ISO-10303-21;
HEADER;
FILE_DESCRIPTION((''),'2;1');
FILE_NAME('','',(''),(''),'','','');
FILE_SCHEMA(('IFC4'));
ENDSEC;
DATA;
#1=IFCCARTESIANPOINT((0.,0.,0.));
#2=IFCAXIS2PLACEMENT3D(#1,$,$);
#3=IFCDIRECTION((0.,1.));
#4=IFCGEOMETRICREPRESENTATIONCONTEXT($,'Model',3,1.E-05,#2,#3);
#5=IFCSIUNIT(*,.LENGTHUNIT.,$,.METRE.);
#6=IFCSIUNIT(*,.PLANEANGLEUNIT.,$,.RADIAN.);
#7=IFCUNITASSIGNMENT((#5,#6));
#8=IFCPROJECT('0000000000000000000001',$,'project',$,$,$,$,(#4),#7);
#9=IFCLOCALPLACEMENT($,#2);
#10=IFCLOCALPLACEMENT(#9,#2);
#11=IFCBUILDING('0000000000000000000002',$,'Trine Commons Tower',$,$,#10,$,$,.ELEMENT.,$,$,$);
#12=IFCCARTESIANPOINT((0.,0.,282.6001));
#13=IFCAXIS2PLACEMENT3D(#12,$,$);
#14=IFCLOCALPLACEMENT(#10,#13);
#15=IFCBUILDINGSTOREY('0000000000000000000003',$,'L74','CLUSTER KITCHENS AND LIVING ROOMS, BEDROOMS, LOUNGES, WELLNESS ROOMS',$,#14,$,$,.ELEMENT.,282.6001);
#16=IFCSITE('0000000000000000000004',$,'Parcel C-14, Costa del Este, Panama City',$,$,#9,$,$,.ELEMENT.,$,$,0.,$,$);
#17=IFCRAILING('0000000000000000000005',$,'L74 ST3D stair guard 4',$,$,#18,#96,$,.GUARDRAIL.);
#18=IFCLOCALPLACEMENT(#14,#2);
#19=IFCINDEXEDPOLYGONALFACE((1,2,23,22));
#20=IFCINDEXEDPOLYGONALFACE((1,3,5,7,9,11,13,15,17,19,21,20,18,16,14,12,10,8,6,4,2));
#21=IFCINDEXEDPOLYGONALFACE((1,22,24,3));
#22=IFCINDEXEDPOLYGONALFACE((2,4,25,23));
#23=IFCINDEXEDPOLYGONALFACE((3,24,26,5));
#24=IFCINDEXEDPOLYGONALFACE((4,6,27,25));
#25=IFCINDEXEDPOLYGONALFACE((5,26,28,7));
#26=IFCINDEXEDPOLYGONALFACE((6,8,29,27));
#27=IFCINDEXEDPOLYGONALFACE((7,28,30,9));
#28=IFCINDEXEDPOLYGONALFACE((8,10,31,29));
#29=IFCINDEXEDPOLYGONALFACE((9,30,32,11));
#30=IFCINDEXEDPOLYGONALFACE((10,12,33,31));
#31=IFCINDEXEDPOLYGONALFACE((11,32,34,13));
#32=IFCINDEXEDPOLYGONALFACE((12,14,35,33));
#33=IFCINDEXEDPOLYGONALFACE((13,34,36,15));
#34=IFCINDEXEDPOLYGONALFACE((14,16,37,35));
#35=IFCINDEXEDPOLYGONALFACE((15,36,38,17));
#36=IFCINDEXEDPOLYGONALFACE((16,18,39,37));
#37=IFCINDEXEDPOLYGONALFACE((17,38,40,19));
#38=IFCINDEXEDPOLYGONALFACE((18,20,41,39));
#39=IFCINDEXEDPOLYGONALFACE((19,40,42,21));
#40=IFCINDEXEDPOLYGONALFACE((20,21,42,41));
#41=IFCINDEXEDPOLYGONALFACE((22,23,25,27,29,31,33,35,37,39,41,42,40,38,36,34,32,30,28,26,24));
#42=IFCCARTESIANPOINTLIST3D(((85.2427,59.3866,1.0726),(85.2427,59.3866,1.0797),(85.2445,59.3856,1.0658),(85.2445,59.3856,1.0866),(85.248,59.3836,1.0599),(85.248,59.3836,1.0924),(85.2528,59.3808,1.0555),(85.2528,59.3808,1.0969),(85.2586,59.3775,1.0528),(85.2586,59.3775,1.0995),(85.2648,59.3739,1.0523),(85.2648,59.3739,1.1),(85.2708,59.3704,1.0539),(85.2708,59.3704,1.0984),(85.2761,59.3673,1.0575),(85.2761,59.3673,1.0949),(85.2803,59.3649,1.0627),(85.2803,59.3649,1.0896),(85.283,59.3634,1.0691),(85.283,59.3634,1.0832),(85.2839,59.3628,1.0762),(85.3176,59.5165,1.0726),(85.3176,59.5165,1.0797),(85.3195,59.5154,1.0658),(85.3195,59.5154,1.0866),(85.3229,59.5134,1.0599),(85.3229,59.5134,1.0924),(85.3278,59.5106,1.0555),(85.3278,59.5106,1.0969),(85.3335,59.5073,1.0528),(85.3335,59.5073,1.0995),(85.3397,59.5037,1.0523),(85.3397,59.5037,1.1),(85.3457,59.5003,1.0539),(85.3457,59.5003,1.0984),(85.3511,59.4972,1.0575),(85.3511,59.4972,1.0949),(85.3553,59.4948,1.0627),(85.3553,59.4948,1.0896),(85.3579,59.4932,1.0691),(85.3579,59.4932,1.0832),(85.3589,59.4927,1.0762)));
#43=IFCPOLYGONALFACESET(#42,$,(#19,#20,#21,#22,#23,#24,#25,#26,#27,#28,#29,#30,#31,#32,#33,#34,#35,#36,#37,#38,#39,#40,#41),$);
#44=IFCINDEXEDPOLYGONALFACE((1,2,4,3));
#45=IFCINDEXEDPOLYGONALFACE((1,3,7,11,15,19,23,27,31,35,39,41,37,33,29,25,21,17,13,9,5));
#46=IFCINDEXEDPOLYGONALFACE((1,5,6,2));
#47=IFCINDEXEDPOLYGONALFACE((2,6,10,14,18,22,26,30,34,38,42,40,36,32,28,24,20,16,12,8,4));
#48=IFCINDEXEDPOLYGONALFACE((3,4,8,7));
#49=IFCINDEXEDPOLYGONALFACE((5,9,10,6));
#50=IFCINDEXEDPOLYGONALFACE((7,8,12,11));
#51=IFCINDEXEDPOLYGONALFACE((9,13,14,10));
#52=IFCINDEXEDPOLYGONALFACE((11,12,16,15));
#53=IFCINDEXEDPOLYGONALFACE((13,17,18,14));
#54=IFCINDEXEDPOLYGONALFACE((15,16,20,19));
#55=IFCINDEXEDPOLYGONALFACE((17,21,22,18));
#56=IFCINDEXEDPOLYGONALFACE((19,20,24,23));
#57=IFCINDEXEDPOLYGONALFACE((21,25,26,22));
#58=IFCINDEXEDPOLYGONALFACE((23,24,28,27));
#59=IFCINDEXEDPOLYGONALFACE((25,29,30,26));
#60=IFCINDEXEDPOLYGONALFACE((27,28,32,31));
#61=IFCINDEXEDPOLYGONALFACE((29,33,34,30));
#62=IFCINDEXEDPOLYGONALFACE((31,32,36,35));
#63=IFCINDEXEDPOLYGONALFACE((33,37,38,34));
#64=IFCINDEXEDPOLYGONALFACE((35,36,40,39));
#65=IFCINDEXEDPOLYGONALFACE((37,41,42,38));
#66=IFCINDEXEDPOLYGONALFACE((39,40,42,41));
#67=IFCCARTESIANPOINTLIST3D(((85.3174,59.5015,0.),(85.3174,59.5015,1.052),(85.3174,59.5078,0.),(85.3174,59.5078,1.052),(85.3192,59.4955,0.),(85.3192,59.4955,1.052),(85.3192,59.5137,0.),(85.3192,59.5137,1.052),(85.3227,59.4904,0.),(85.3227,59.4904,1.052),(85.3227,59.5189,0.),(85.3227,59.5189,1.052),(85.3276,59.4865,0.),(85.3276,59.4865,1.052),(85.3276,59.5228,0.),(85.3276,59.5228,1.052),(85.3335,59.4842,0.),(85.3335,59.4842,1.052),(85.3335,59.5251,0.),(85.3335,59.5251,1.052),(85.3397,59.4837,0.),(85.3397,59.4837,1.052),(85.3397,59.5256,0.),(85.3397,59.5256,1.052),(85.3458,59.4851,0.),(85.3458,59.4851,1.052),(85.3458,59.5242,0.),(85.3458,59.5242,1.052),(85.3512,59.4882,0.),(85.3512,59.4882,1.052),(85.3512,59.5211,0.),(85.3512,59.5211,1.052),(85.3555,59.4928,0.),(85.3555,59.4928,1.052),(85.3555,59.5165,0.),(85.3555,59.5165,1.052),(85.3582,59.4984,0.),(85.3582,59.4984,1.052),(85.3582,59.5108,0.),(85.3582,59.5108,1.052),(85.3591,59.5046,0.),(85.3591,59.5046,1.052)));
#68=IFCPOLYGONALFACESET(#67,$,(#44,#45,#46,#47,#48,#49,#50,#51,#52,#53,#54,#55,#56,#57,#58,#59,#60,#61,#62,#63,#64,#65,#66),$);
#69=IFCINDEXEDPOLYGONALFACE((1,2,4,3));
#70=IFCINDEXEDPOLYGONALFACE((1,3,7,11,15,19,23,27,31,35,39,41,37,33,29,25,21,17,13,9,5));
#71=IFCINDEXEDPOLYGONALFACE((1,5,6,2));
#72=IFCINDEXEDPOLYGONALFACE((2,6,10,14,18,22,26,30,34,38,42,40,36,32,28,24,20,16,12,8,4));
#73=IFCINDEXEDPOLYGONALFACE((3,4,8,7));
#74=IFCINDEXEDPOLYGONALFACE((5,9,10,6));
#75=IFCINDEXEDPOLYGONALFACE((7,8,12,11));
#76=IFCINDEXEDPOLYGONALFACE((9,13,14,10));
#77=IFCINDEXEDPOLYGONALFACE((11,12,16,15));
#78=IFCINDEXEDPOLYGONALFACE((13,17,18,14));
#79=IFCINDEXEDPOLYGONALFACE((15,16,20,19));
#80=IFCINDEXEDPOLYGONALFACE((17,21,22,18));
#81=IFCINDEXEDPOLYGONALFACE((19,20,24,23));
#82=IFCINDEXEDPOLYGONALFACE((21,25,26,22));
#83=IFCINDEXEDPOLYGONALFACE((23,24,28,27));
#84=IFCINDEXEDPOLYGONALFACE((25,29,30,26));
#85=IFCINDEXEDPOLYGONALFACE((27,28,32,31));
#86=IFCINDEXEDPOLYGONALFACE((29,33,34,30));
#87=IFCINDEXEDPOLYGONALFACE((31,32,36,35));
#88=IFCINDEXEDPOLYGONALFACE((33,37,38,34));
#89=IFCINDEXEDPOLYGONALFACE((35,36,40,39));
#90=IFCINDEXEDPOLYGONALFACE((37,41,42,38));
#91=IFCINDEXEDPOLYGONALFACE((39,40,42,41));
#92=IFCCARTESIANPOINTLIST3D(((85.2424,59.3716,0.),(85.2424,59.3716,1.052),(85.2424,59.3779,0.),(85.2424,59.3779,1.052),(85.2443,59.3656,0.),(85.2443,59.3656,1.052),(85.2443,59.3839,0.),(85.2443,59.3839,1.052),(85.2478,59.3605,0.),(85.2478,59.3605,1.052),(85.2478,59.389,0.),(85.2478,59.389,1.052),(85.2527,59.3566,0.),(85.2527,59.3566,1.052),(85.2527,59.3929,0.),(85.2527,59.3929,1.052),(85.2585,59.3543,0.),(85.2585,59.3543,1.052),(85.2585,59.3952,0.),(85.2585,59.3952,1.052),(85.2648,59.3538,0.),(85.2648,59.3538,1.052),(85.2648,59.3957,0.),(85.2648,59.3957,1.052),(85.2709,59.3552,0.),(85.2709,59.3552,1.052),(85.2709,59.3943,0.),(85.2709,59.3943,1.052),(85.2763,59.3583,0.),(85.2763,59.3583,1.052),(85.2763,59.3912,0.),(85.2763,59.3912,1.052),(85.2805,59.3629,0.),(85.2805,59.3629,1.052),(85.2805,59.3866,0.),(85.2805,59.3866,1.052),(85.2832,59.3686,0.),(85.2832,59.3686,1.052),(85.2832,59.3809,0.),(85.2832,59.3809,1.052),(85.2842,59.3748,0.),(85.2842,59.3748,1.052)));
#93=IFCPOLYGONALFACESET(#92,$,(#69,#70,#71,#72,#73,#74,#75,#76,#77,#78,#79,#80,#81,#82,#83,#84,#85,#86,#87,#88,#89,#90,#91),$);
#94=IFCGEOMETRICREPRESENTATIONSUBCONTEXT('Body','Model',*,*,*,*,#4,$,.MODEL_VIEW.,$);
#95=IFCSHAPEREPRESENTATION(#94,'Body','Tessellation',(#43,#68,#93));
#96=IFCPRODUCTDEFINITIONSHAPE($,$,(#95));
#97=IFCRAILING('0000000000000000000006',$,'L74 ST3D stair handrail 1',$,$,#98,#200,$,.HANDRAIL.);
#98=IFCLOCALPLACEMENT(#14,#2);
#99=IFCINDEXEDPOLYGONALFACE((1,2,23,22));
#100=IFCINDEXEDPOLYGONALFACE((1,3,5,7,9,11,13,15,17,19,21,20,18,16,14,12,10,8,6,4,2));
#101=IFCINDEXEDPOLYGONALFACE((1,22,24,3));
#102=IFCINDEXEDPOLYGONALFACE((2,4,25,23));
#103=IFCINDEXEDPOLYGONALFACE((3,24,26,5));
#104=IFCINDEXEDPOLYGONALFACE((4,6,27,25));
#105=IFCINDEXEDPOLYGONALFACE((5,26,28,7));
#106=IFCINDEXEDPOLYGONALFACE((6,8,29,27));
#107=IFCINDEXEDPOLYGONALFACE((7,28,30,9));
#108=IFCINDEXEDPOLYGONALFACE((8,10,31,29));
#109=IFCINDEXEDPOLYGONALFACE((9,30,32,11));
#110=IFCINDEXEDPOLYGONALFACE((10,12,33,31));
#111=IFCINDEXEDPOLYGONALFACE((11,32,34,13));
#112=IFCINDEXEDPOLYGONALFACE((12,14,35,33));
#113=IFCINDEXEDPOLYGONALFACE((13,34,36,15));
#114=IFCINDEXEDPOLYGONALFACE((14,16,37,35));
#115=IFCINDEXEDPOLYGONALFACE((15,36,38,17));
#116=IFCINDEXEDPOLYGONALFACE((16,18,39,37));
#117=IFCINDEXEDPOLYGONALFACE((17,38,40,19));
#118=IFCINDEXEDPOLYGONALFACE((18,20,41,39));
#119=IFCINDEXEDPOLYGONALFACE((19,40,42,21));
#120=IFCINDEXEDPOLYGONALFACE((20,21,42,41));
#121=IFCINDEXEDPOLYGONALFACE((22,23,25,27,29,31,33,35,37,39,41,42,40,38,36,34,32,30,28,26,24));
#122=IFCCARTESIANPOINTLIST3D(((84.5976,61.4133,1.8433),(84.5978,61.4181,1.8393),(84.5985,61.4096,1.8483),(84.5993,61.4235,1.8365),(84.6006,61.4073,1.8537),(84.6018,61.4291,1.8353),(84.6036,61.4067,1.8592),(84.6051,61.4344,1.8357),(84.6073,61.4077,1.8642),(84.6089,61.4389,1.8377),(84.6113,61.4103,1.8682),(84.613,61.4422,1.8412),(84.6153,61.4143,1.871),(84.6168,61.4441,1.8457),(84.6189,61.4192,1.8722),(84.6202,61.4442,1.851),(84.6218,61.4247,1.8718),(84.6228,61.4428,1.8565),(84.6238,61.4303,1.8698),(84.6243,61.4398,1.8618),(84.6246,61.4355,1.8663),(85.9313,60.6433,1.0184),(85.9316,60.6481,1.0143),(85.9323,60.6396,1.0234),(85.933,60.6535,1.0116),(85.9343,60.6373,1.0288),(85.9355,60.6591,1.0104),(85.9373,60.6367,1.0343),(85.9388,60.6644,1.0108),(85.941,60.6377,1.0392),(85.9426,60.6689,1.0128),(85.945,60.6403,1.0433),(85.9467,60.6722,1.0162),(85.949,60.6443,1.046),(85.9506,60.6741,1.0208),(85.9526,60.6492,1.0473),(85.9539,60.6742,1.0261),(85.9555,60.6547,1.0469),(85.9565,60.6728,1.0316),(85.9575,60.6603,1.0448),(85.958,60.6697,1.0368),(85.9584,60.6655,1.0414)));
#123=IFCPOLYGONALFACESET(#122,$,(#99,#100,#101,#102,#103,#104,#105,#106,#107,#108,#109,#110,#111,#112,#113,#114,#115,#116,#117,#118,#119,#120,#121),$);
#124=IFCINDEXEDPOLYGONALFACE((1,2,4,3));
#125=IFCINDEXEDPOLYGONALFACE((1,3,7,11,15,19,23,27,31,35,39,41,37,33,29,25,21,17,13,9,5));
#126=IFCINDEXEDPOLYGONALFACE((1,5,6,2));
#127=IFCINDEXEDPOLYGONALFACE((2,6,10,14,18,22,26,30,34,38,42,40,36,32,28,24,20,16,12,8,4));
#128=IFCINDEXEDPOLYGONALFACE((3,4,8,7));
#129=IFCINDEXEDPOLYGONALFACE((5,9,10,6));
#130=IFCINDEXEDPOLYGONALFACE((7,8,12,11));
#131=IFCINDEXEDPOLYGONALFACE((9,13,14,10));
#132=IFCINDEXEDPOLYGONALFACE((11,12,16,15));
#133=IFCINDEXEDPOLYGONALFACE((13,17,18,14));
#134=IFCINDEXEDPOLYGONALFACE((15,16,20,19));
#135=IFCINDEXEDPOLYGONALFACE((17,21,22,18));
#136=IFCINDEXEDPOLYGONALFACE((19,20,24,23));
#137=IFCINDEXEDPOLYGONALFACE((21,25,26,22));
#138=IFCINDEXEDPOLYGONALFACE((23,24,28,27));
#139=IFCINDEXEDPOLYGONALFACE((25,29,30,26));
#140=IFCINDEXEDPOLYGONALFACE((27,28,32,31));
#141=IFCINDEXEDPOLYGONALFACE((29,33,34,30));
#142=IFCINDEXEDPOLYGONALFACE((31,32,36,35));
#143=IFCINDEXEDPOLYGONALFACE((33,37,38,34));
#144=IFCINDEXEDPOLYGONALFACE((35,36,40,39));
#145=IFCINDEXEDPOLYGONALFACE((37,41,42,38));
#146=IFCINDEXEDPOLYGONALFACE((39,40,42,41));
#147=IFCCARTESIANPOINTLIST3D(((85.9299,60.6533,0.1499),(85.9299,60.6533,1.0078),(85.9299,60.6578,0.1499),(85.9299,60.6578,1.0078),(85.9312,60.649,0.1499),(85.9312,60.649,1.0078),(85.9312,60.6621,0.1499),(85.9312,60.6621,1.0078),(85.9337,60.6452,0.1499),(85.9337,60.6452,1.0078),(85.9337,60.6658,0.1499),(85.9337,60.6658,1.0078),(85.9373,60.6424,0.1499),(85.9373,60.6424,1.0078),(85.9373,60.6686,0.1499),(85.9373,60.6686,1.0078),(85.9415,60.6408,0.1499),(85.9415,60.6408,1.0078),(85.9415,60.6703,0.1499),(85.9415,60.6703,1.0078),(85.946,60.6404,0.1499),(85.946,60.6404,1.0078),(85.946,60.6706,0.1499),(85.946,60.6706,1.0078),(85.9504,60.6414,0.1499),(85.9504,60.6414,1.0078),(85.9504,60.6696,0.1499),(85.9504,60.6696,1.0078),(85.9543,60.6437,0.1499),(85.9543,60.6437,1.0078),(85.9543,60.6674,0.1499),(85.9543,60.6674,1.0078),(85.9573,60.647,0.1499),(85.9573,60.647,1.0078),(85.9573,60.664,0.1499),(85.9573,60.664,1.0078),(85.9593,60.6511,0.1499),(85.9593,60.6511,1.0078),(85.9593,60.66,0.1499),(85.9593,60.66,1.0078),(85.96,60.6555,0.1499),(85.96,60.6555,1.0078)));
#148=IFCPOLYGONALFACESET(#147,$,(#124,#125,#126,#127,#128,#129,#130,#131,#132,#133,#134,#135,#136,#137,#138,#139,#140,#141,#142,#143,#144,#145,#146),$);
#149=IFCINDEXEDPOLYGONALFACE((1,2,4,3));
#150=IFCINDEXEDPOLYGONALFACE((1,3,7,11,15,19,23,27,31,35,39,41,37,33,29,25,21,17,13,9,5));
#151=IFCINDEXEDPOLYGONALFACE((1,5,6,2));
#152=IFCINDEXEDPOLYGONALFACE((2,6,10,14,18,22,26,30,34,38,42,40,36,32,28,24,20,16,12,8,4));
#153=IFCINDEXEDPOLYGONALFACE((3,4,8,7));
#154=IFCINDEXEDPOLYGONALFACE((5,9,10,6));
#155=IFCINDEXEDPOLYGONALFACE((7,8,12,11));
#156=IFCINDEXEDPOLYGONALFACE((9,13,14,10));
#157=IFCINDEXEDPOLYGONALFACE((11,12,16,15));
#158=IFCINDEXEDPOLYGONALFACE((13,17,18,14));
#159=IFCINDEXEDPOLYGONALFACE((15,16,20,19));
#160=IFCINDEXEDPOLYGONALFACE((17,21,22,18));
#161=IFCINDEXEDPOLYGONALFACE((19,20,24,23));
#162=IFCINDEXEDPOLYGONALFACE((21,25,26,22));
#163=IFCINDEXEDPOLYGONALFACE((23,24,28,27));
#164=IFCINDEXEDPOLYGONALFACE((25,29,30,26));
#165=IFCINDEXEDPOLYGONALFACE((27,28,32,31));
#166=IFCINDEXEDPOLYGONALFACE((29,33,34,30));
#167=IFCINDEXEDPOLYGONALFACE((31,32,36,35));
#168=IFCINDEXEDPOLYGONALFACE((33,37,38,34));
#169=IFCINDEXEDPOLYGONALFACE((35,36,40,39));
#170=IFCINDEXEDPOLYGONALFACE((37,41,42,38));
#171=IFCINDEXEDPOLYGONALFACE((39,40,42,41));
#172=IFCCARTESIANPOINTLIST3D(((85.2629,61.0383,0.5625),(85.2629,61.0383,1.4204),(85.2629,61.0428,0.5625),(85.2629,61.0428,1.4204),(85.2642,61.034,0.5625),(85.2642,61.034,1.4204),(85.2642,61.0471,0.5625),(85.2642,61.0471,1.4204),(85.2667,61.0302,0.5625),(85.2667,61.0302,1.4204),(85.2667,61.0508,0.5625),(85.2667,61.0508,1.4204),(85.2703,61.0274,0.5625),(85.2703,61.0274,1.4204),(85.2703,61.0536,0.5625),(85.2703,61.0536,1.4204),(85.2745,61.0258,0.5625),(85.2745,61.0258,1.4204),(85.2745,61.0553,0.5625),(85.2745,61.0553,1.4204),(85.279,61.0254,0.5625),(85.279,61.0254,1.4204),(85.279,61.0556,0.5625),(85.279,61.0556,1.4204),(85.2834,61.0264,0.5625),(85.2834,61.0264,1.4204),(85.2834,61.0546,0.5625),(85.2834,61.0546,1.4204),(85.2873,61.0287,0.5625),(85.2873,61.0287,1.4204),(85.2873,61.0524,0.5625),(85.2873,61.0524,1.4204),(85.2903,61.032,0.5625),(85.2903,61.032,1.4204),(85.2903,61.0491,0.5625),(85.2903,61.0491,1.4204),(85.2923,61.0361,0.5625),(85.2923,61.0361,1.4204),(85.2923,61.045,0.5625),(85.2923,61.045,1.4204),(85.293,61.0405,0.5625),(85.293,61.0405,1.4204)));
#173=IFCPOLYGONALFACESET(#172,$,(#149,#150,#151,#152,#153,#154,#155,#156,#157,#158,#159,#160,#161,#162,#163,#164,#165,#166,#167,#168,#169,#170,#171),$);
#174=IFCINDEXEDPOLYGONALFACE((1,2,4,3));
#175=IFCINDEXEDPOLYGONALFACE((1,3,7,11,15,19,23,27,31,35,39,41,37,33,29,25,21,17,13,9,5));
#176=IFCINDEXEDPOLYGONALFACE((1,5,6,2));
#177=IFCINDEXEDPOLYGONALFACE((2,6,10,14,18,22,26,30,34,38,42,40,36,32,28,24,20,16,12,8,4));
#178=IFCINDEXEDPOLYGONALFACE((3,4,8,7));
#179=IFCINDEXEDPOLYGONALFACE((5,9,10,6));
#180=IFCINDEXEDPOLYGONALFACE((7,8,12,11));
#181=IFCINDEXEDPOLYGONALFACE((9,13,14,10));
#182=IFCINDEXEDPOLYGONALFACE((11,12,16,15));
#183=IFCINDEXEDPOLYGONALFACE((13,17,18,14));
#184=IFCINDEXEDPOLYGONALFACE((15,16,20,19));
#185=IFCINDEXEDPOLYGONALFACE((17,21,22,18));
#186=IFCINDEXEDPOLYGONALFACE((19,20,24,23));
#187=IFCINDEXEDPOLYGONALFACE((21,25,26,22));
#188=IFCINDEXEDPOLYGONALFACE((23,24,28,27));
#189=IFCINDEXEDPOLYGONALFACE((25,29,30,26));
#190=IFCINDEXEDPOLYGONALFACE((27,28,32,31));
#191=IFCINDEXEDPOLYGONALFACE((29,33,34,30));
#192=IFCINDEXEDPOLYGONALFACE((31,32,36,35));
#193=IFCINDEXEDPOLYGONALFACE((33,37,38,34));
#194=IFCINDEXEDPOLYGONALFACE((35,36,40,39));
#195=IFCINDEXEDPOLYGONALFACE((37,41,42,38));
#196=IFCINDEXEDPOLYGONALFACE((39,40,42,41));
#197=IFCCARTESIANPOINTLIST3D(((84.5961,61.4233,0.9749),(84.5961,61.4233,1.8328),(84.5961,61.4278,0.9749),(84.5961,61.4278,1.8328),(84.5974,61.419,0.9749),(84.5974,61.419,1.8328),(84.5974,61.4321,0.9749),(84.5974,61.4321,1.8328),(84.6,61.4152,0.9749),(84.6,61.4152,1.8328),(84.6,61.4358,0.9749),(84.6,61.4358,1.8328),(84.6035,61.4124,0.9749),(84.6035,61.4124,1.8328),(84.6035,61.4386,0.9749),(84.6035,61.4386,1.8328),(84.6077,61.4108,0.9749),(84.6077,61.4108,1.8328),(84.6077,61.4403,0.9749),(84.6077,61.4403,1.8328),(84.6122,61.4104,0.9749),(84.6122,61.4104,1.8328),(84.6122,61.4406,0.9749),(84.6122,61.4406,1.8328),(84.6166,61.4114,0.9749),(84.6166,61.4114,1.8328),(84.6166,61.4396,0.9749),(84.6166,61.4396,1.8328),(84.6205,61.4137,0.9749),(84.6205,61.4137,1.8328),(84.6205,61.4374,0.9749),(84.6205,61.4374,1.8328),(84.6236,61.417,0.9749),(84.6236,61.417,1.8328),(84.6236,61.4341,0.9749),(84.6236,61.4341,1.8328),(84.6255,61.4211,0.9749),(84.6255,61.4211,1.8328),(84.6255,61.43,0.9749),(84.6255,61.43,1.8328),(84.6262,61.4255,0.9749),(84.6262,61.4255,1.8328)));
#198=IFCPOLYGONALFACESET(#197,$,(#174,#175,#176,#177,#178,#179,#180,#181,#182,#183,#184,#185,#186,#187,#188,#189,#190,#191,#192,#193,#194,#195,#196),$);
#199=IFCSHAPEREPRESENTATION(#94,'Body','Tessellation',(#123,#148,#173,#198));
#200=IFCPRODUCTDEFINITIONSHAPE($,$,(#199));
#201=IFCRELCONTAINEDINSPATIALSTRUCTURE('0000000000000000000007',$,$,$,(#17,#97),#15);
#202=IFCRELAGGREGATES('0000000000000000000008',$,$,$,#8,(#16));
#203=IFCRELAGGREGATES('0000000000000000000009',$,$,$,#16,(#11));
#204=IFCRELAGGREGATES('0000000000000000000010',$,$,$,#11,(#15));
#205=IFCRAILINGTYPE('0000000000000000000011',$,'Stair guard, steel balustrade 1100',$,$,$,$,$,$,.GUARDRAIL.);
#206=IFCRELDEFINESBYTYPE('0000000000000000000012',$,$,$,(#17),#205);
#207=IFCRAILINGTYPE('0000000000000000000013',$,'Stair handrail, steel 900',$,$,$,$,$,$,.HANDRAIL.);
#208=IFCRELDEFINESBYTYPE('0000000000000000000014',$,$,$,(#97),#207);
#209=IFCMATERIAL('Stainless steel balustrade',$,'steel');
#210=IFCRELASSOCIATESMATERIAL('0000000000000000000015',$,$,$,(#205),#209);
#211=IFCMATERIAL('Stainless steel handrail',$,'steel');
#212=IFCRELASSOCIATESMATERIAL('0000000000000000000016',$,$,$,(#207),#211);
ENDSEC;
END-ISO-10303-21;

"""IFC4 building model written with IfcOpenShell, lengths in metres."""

from ifc_helpers import new_model, si_unit, direction, frame, origin, origin_2d, place, context, subcontext, project, spatial, circle, extrude, material, type_object, element, save


model = new_model("IFC4")

# Units and contexts
model_context = context("Model", 3, precision=1e-05, world=origin(), true_north=direction((0.0, 1.0)))
body_context = subcontext(model_context, "Body", "Model", "MODEL_VIEW")
ifc_project = project(units=[si_unit("LENGTHUNIT", "METRE"), si_unit("PLANEANGLEUNIT", "RADIAN")], contexts=[model_context])

# Site, building, storey
site_placement = place(None, origin())
site = spatial("IfcSite", under=ifc_project, at=site_placement, Name="Parcel C-14, Costa del Este, Panama City", CompositionType="ELEMENT", RefElevation=0.0)
building_placement = place(site_placement, origin())
building = spatial("IfcBuilding", under=site, at=building_placement, Name="Trine Commons Tower", CompositionType="ELEMENT")
storey_placement = place(building_placement, frame((0.0, 0.0, 282.6001)))
storey = spatial("IfcBuildingStorey", under=building, at=storey_placement, Name="L74", Description="CLUSTER KITCHENS AND LIVING ROOMS, BEDROOMS, LOUNGES, WELLNESS ROOMS", CompositionType="ELEMENT", Elevation=282.6001)

# Railings
ifc_material_1 = material(Name="Stainless steel balustrade", Category="steel")
railing_type_1 = type_object("IfcRailingType", Name="Stair guard, steel balustrade 1100", PredefinedType="GUARDRAIL", material=ifc_material_1)
railing_1_placement = place(storey_placement, frame((85.3381, 59.5046, 0.0)))
element("IfcRailing", 1, at=railing_1_placement, inside=storey, type_object=railing_type_1, Name="L74 ST3D stair guard 4", PredefinedType="GUARDRAIL", context=body_context, shape_type="SweptSolid", body=[
    extrude(circle(Radius=0.0239, at=origin_2d()), frame((0.0, 0.0, 1.0762), z_axis=(-0.499816, -0.866131, 0.0), x_axis=(0.866131, -0.499816, 0.0)), (0.0, 0.0, 1.0), 0.1499),
    extrude(circle(Radius=0.021, at=origin_2d()), origin(), (0.0, 0.0, 1.0), 1.052),
    extrude(circle(Radius=0.021, at=origin_2d()), frame((-0.075, -0.1299, 0.0)), (0.0, 0.0, 1.0), 1.052),
])
ifc_material_2 = material(Name="Stainless steel handrail", Category="steel")
railing_type_2 = type_object("IfcRailingType", Name="Stair handrail, steel 900", PredefinedType="HANDRAIL", material=ifc_material_2)
railing_2_placement = place(storey_placement, frame((85.9448, 60.6555, 0.1499)))
element("IfcRailing", 2, at=railing_2_placement, inside=storey, type_object=railing_type_2, Name="L74 ST3D stair handrail 1", PredefinedType="HANDRAIL", context=body_context, shape_type="SweptSolid", body=[
    extrude(circle(Radius=0.021, at=origin_2d()), frame((0.0, 0.0, 0.8789), z_axis=(-0.763405, 0.440743, 0.472185), x_axis=(-0.499992, -0.86603, 0.0)), (0.0, 0.0, 1.0), 1.7471),
    extrude(circle(Radius=0.0151, at=origin_2d()), origin(), (0.0, 0.0, 1.0), 0.8579),
    extrude(circle(Radius=0.0151, at=origin_2d()), frame((-0.667, 0.385, 0.4126)), (0.0, 0.0, 1.0), 0.8579),
    extrude(circle(Radius=0.0151, at=origin_2d()), frame((-1.3337, 0.77, 0.825)), (0.0, 0.0, 1.0), 0.8579),
])

save(model, "model.ifc")
